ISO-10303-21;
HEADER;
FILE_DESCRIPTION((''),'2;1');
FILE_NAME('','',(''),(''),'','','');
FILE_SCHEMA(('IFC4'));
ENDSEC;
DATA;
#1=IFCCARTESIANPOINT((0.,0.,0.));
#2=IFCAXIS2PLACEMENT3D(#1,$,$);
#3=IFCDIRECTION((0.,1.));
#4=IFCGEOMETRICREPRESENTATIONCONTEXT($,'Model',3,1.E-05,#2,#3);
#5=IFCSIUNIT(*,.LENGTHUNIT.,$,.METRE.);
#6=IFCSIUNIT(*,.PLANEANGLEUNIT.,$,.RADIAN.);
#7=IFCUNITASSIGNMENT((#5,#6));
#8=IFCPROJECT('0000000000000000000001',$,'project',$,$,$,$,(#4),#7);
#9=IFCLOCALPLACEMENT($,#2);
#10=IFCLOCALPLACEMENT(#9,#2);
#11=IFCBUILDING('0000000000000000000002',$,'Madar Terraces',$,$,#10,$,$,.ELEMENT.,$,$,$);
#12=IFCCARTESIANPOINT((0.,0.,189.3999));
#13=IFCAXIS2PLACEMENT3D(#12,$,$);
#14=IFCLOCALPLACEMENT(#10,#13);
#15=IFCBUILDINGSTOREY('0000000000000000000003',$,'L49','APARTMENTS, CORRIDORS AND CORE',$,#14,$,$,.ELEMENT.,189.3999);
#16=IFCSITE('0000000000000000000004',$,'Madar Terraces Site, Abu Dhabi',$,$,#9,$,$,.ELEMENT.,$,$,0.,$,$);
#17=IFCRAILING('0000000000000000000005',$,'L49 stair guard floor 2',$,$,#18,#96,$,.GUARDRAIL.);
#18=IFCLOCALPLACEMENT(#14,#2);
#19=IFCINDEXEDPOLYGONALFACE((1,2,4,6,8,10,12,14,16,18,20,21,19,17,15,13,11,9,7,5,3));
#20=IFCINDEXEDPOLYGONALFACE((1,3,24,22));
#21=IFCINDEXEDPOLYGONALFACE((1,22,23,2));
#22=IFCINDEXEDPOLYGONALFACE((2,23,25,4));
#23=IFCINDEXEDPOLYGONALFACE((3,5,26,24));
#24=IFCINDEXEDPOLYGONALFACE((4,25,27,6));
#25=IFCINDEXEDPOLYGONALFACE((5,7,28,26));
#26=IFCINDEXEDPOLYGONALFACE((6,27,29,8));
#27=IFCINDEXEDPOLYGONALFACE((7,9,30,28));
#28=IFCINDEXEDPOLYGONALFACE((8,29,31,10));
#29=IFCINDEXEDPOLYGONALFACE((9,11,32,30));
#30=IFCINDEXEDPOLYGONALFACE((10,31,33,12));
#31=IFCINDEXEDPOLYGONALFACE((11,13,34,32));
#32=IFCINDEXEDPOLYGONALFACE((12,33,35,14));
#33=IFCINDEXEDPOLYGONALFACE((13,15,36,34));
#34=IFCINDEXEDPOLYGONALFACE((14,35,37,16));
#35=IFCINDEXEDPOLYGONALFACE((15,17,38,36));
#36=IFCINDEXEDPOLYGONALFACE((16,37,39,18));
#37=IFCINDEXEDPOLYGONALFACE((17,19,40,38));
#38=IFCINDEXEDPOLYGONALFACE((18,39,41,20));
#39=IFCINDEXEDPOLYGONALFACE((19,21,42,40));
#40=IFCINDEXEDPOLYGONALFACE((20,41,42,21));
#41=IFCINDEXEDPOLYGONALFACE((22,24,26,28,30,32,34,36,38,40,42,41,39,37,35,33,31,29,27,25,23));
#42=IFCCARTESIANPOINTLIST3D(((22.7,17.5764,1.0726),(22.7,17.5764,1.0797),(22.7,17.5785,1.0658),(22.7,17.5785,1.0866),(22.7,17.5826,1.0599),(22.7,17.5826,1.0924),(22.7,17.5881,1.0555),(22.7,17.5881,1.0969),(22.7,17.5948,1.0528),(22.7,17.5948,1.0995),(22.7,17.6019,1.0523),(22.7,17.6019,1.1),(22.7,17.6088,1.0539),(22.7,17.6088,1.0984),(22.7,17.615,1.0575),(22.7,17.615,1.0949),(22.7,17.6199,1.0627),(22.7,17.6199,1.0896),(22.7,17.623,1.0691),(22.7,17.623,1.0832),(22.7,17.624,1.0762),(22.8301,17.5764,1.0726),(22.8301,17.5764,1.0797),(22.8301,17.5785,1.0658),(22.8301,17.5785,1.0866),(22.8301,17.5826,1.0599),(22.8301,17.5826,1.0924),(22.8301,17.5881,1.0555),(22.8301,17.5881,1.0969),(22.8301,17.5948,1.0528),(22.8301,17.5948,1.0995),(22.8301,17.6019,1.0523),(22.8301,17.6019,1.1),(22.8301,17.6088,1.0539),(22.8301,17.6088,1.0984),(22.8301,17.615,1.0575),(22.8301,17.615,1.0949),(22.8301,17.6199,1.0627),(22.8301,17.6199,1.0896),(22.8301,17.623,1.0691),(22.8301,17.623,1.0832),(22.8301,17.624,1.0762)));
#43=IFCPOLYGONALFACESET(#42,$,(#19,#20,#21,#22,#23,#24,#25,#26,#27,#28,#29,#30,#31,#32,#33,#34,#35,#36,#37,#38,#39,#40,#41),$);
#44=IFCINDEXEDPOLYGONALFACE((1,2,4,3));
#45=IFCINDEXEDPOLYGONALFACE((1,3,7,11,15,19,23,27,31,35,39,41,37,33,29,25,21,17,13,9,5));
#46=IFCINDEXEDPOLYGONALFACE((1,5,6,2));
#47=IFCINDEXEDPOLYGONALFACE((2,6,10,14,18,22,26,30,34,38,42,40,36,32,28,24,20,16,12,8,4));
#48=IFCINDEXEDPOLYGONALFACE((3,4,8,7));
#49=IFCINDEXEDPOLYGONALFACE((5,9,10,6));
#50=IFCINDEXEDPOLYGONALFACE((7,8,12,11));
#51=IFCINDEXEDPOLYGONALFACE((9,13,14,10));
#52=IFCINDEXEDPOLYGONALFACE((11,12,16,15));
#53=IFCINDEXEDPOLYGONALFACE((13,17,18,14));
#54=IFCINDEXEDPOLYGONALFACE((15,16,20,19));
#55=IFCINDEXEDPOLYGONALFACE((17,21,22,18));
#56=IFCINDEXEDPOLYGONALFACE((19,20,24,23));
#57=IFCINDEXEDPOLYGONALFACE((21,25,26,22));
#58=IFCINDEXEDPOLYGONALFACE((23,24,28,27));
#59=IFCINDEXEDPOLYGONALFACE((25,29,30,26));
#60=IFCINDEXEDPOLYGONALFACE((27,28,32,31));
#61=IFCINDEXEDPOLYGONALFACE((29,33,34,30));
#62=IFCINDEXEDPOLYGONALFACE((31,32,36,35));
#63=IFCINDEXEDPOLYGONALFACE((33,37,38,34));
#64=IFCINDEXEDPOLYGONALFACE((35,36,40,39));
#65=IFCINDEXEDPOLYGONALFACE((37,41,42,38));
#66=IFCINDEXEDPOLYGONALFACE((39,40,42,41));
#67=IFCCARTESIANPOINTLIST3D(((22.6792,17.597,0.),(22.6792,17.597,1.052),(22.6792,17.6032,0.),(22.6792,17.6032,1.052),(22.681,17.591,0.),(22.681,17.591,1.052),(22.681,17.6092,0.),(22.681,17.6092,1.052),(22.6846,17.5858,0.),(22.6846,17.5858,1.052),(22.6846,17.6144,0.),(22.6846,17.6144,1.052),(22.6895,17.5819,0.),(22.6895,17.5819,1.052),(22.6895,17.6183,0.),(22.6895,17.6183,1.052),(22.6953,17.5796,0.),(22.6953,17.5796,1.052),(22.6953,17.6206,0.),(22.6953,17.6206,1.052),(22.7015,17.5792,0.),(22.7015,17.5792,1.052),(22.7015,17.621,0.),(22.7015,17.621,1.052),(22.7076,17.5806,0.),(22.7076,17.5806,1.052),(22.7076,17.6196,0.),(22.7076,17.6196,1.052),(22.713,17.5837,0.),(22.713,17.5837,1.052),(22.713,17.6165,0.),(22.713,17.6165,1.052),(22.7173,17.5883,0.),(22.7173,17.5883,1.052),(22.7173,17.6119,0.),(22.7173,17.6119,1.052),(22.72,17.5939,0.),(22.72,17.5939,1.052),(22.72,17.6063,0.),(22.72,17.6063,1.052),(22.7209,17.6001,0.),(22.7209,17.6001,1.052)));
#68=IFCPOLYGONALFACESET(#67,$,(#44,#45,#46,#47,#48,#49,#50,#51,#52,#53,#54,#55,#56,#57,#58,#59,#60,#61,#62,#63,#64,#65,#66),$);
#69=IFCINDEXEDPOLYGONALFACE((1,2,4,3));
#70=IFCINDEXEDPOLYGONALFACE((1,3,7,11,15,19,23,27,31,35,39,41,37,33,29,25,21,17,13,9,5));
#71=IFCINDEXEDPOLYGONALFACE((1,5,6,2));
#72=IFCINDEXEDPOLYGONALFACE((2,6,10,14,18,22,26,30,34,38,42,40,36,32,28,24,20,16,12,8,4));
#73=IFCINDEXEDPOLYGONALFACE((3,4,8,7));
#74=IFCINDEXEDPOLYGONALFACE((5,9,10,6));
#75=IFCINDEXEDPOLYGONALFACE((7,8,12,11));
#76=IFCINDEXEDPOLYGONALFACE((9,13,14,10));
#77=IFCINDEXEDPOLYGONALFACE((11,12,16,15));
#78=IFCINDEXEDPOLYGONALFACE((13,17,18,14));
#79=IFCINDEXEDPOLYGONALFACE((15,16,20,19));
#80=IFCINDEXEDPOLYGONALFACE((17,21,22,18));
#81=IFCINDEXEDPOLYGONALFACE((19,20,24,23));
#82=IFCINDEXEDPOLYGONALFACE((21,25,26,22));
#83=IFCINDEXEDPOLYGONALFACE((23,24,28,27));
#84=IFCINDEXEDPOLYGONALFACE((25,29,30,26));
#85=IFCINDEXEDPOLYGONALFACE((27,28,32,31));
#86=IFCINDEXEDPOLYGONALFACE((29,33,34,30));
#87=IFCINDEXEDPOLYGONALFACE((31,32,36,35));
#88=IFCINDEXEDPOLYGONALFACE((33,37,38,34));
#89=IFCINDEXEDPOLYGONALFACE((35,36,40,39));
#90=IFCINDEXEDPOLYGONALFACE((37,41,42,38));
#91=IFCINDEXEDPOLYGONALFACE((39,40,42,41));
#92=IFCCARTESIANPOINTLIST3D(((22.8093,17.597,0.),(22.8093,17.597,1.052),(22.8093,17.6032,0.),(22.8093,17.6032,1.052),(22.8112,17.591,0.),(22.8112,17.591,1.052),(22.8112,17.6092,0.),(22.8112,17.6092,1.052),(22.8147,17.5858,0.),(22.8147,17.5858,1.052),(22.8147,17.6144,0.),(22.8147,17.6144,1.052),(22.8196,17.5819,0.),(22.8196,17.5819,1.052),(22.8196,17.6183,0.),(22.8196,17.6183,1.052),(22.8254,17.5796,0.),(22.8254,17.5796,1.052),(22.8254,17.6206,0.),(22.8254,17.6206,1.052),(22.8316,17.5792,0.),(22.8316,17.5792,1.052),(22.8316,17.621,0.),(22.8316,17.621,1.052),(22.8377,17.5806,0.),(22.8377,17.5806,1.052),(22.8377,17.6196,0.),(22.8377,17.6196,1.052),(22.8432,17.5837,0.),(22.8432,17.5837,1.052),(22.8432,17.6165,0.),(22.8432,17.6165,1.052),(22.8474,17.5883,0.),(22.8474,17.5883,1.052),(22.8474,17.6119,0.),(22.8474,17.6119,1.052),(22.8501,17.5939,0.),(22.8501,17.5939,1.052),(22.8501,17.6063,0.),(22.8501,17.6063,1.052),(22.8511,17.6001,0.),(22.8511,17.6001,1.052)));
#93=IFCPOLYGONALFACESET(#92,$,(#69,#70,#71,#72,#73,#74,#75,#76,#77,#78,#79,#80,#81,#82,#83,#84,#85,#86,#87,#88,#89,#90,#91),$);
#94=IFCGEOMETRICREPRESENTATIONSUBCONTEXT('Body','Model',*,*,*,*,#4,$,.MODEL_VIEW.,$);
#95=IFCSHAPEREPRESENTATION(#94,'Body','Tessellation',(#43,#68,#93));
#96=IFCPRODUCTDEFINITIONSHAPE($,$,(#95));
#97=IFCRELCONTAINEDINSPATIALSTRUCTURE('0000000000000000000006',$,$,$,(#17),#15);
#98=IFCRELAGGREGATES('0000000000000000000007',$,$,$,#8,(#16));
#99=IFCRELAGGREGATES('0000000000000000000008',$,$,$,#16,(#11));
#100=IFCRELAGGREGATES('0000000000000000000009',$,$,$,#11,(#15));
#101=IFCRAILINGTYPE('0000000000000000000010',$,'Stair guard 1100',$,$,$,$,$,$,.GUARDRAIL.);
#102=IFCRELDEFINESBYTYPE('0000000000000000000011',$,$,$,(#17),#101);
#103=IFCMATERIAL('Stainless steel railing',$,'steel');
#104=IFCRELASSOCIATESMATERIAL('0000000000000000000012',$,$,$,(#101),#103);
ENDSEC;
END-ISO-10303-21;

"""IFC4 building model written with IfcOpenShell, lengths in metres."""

from ifc_helpers import new_model, si_unit, direction, frame, origin, origin_2d, place, context, subcontext, project, spatial, circle, extrude, material, type_object, element, save


model = new_model("IFC4")

# Units and contexts
model_context = context("Model", 3, precision=1e-05, world=origin(), true_north=direction((0.0, 1.0)))
body_context = subcontext(model_context, "Body", "Model", "MODEL_VIEW")
ifc_project = project(units=[si_unit("LENGTHUNIT", "METRE"), si_unit("PLANEANGLEUNIT", "RADIAN")], contexts=[model_context])

# Site, building, storey
site_placement = place(None, origin())
site = spatial("IfcSite", under=ifc_project, at=site_placement, Name="Madar Terraces Site, Abu Dhabi", CompositionType="ELEMENT", RefElevation=0.0)
building_placement = place(site_placement, origin())
building = spatial("IfcBuilding", under=site, at=building_placement, Name="Madar Terraces", CompositionType="ELEMENT")
storey_placement = place(building_placement, frame((0.0, 0.0, 189.3999)))
storey = spatial("IfcBuildingStorey", under=building, at=storey_placement, Name="L49", Description="APARTMENTS, CORRIDORS AND CORE", CompositionType="ELEMENT", Elevation=189.3999)

# Railing
ifc_material_1 = material(Name="Stainless steel railing", Category="steel")
railing_type_1 = type_object("IfcRailingType", Name="Stair guard 1100", PredefinedType="GUARDRAIL", material=ifc_material_1)
railing_1_placement = place(storey_placement, frame((22.7, 17.6001, 0.0)))
element("IfcRailing", 1, at=railing_1_placement, inside=storey, type_object=railing_type_1, Name="L49 stair guard floor 2", PredefinedType="GUARDRAIL", context=body_context, shape_type="SweptSolid", body=[
    extrude(circle(Radius=0.0239, at=origin_2d()), frame((0.0, 0.0, 1.0762), z_axis=(1.0, 0.0, 0.0), x_axis=(0.0, 1.0, 0.0)), (0.0, 0.0, 1.0), 0.1301),
    extrude(circle(Radius=0.021, at=origin_2d()), origin(), (0.0, 0.0, 1.0), 1.052),
    extrude(circle(Radius=0.021, at=origin_2d()), frame((0.1301, 0.0, 0.0)), (0.0, 0.0, 1.0), 1.052),
])

save(model, "model.ifc")
